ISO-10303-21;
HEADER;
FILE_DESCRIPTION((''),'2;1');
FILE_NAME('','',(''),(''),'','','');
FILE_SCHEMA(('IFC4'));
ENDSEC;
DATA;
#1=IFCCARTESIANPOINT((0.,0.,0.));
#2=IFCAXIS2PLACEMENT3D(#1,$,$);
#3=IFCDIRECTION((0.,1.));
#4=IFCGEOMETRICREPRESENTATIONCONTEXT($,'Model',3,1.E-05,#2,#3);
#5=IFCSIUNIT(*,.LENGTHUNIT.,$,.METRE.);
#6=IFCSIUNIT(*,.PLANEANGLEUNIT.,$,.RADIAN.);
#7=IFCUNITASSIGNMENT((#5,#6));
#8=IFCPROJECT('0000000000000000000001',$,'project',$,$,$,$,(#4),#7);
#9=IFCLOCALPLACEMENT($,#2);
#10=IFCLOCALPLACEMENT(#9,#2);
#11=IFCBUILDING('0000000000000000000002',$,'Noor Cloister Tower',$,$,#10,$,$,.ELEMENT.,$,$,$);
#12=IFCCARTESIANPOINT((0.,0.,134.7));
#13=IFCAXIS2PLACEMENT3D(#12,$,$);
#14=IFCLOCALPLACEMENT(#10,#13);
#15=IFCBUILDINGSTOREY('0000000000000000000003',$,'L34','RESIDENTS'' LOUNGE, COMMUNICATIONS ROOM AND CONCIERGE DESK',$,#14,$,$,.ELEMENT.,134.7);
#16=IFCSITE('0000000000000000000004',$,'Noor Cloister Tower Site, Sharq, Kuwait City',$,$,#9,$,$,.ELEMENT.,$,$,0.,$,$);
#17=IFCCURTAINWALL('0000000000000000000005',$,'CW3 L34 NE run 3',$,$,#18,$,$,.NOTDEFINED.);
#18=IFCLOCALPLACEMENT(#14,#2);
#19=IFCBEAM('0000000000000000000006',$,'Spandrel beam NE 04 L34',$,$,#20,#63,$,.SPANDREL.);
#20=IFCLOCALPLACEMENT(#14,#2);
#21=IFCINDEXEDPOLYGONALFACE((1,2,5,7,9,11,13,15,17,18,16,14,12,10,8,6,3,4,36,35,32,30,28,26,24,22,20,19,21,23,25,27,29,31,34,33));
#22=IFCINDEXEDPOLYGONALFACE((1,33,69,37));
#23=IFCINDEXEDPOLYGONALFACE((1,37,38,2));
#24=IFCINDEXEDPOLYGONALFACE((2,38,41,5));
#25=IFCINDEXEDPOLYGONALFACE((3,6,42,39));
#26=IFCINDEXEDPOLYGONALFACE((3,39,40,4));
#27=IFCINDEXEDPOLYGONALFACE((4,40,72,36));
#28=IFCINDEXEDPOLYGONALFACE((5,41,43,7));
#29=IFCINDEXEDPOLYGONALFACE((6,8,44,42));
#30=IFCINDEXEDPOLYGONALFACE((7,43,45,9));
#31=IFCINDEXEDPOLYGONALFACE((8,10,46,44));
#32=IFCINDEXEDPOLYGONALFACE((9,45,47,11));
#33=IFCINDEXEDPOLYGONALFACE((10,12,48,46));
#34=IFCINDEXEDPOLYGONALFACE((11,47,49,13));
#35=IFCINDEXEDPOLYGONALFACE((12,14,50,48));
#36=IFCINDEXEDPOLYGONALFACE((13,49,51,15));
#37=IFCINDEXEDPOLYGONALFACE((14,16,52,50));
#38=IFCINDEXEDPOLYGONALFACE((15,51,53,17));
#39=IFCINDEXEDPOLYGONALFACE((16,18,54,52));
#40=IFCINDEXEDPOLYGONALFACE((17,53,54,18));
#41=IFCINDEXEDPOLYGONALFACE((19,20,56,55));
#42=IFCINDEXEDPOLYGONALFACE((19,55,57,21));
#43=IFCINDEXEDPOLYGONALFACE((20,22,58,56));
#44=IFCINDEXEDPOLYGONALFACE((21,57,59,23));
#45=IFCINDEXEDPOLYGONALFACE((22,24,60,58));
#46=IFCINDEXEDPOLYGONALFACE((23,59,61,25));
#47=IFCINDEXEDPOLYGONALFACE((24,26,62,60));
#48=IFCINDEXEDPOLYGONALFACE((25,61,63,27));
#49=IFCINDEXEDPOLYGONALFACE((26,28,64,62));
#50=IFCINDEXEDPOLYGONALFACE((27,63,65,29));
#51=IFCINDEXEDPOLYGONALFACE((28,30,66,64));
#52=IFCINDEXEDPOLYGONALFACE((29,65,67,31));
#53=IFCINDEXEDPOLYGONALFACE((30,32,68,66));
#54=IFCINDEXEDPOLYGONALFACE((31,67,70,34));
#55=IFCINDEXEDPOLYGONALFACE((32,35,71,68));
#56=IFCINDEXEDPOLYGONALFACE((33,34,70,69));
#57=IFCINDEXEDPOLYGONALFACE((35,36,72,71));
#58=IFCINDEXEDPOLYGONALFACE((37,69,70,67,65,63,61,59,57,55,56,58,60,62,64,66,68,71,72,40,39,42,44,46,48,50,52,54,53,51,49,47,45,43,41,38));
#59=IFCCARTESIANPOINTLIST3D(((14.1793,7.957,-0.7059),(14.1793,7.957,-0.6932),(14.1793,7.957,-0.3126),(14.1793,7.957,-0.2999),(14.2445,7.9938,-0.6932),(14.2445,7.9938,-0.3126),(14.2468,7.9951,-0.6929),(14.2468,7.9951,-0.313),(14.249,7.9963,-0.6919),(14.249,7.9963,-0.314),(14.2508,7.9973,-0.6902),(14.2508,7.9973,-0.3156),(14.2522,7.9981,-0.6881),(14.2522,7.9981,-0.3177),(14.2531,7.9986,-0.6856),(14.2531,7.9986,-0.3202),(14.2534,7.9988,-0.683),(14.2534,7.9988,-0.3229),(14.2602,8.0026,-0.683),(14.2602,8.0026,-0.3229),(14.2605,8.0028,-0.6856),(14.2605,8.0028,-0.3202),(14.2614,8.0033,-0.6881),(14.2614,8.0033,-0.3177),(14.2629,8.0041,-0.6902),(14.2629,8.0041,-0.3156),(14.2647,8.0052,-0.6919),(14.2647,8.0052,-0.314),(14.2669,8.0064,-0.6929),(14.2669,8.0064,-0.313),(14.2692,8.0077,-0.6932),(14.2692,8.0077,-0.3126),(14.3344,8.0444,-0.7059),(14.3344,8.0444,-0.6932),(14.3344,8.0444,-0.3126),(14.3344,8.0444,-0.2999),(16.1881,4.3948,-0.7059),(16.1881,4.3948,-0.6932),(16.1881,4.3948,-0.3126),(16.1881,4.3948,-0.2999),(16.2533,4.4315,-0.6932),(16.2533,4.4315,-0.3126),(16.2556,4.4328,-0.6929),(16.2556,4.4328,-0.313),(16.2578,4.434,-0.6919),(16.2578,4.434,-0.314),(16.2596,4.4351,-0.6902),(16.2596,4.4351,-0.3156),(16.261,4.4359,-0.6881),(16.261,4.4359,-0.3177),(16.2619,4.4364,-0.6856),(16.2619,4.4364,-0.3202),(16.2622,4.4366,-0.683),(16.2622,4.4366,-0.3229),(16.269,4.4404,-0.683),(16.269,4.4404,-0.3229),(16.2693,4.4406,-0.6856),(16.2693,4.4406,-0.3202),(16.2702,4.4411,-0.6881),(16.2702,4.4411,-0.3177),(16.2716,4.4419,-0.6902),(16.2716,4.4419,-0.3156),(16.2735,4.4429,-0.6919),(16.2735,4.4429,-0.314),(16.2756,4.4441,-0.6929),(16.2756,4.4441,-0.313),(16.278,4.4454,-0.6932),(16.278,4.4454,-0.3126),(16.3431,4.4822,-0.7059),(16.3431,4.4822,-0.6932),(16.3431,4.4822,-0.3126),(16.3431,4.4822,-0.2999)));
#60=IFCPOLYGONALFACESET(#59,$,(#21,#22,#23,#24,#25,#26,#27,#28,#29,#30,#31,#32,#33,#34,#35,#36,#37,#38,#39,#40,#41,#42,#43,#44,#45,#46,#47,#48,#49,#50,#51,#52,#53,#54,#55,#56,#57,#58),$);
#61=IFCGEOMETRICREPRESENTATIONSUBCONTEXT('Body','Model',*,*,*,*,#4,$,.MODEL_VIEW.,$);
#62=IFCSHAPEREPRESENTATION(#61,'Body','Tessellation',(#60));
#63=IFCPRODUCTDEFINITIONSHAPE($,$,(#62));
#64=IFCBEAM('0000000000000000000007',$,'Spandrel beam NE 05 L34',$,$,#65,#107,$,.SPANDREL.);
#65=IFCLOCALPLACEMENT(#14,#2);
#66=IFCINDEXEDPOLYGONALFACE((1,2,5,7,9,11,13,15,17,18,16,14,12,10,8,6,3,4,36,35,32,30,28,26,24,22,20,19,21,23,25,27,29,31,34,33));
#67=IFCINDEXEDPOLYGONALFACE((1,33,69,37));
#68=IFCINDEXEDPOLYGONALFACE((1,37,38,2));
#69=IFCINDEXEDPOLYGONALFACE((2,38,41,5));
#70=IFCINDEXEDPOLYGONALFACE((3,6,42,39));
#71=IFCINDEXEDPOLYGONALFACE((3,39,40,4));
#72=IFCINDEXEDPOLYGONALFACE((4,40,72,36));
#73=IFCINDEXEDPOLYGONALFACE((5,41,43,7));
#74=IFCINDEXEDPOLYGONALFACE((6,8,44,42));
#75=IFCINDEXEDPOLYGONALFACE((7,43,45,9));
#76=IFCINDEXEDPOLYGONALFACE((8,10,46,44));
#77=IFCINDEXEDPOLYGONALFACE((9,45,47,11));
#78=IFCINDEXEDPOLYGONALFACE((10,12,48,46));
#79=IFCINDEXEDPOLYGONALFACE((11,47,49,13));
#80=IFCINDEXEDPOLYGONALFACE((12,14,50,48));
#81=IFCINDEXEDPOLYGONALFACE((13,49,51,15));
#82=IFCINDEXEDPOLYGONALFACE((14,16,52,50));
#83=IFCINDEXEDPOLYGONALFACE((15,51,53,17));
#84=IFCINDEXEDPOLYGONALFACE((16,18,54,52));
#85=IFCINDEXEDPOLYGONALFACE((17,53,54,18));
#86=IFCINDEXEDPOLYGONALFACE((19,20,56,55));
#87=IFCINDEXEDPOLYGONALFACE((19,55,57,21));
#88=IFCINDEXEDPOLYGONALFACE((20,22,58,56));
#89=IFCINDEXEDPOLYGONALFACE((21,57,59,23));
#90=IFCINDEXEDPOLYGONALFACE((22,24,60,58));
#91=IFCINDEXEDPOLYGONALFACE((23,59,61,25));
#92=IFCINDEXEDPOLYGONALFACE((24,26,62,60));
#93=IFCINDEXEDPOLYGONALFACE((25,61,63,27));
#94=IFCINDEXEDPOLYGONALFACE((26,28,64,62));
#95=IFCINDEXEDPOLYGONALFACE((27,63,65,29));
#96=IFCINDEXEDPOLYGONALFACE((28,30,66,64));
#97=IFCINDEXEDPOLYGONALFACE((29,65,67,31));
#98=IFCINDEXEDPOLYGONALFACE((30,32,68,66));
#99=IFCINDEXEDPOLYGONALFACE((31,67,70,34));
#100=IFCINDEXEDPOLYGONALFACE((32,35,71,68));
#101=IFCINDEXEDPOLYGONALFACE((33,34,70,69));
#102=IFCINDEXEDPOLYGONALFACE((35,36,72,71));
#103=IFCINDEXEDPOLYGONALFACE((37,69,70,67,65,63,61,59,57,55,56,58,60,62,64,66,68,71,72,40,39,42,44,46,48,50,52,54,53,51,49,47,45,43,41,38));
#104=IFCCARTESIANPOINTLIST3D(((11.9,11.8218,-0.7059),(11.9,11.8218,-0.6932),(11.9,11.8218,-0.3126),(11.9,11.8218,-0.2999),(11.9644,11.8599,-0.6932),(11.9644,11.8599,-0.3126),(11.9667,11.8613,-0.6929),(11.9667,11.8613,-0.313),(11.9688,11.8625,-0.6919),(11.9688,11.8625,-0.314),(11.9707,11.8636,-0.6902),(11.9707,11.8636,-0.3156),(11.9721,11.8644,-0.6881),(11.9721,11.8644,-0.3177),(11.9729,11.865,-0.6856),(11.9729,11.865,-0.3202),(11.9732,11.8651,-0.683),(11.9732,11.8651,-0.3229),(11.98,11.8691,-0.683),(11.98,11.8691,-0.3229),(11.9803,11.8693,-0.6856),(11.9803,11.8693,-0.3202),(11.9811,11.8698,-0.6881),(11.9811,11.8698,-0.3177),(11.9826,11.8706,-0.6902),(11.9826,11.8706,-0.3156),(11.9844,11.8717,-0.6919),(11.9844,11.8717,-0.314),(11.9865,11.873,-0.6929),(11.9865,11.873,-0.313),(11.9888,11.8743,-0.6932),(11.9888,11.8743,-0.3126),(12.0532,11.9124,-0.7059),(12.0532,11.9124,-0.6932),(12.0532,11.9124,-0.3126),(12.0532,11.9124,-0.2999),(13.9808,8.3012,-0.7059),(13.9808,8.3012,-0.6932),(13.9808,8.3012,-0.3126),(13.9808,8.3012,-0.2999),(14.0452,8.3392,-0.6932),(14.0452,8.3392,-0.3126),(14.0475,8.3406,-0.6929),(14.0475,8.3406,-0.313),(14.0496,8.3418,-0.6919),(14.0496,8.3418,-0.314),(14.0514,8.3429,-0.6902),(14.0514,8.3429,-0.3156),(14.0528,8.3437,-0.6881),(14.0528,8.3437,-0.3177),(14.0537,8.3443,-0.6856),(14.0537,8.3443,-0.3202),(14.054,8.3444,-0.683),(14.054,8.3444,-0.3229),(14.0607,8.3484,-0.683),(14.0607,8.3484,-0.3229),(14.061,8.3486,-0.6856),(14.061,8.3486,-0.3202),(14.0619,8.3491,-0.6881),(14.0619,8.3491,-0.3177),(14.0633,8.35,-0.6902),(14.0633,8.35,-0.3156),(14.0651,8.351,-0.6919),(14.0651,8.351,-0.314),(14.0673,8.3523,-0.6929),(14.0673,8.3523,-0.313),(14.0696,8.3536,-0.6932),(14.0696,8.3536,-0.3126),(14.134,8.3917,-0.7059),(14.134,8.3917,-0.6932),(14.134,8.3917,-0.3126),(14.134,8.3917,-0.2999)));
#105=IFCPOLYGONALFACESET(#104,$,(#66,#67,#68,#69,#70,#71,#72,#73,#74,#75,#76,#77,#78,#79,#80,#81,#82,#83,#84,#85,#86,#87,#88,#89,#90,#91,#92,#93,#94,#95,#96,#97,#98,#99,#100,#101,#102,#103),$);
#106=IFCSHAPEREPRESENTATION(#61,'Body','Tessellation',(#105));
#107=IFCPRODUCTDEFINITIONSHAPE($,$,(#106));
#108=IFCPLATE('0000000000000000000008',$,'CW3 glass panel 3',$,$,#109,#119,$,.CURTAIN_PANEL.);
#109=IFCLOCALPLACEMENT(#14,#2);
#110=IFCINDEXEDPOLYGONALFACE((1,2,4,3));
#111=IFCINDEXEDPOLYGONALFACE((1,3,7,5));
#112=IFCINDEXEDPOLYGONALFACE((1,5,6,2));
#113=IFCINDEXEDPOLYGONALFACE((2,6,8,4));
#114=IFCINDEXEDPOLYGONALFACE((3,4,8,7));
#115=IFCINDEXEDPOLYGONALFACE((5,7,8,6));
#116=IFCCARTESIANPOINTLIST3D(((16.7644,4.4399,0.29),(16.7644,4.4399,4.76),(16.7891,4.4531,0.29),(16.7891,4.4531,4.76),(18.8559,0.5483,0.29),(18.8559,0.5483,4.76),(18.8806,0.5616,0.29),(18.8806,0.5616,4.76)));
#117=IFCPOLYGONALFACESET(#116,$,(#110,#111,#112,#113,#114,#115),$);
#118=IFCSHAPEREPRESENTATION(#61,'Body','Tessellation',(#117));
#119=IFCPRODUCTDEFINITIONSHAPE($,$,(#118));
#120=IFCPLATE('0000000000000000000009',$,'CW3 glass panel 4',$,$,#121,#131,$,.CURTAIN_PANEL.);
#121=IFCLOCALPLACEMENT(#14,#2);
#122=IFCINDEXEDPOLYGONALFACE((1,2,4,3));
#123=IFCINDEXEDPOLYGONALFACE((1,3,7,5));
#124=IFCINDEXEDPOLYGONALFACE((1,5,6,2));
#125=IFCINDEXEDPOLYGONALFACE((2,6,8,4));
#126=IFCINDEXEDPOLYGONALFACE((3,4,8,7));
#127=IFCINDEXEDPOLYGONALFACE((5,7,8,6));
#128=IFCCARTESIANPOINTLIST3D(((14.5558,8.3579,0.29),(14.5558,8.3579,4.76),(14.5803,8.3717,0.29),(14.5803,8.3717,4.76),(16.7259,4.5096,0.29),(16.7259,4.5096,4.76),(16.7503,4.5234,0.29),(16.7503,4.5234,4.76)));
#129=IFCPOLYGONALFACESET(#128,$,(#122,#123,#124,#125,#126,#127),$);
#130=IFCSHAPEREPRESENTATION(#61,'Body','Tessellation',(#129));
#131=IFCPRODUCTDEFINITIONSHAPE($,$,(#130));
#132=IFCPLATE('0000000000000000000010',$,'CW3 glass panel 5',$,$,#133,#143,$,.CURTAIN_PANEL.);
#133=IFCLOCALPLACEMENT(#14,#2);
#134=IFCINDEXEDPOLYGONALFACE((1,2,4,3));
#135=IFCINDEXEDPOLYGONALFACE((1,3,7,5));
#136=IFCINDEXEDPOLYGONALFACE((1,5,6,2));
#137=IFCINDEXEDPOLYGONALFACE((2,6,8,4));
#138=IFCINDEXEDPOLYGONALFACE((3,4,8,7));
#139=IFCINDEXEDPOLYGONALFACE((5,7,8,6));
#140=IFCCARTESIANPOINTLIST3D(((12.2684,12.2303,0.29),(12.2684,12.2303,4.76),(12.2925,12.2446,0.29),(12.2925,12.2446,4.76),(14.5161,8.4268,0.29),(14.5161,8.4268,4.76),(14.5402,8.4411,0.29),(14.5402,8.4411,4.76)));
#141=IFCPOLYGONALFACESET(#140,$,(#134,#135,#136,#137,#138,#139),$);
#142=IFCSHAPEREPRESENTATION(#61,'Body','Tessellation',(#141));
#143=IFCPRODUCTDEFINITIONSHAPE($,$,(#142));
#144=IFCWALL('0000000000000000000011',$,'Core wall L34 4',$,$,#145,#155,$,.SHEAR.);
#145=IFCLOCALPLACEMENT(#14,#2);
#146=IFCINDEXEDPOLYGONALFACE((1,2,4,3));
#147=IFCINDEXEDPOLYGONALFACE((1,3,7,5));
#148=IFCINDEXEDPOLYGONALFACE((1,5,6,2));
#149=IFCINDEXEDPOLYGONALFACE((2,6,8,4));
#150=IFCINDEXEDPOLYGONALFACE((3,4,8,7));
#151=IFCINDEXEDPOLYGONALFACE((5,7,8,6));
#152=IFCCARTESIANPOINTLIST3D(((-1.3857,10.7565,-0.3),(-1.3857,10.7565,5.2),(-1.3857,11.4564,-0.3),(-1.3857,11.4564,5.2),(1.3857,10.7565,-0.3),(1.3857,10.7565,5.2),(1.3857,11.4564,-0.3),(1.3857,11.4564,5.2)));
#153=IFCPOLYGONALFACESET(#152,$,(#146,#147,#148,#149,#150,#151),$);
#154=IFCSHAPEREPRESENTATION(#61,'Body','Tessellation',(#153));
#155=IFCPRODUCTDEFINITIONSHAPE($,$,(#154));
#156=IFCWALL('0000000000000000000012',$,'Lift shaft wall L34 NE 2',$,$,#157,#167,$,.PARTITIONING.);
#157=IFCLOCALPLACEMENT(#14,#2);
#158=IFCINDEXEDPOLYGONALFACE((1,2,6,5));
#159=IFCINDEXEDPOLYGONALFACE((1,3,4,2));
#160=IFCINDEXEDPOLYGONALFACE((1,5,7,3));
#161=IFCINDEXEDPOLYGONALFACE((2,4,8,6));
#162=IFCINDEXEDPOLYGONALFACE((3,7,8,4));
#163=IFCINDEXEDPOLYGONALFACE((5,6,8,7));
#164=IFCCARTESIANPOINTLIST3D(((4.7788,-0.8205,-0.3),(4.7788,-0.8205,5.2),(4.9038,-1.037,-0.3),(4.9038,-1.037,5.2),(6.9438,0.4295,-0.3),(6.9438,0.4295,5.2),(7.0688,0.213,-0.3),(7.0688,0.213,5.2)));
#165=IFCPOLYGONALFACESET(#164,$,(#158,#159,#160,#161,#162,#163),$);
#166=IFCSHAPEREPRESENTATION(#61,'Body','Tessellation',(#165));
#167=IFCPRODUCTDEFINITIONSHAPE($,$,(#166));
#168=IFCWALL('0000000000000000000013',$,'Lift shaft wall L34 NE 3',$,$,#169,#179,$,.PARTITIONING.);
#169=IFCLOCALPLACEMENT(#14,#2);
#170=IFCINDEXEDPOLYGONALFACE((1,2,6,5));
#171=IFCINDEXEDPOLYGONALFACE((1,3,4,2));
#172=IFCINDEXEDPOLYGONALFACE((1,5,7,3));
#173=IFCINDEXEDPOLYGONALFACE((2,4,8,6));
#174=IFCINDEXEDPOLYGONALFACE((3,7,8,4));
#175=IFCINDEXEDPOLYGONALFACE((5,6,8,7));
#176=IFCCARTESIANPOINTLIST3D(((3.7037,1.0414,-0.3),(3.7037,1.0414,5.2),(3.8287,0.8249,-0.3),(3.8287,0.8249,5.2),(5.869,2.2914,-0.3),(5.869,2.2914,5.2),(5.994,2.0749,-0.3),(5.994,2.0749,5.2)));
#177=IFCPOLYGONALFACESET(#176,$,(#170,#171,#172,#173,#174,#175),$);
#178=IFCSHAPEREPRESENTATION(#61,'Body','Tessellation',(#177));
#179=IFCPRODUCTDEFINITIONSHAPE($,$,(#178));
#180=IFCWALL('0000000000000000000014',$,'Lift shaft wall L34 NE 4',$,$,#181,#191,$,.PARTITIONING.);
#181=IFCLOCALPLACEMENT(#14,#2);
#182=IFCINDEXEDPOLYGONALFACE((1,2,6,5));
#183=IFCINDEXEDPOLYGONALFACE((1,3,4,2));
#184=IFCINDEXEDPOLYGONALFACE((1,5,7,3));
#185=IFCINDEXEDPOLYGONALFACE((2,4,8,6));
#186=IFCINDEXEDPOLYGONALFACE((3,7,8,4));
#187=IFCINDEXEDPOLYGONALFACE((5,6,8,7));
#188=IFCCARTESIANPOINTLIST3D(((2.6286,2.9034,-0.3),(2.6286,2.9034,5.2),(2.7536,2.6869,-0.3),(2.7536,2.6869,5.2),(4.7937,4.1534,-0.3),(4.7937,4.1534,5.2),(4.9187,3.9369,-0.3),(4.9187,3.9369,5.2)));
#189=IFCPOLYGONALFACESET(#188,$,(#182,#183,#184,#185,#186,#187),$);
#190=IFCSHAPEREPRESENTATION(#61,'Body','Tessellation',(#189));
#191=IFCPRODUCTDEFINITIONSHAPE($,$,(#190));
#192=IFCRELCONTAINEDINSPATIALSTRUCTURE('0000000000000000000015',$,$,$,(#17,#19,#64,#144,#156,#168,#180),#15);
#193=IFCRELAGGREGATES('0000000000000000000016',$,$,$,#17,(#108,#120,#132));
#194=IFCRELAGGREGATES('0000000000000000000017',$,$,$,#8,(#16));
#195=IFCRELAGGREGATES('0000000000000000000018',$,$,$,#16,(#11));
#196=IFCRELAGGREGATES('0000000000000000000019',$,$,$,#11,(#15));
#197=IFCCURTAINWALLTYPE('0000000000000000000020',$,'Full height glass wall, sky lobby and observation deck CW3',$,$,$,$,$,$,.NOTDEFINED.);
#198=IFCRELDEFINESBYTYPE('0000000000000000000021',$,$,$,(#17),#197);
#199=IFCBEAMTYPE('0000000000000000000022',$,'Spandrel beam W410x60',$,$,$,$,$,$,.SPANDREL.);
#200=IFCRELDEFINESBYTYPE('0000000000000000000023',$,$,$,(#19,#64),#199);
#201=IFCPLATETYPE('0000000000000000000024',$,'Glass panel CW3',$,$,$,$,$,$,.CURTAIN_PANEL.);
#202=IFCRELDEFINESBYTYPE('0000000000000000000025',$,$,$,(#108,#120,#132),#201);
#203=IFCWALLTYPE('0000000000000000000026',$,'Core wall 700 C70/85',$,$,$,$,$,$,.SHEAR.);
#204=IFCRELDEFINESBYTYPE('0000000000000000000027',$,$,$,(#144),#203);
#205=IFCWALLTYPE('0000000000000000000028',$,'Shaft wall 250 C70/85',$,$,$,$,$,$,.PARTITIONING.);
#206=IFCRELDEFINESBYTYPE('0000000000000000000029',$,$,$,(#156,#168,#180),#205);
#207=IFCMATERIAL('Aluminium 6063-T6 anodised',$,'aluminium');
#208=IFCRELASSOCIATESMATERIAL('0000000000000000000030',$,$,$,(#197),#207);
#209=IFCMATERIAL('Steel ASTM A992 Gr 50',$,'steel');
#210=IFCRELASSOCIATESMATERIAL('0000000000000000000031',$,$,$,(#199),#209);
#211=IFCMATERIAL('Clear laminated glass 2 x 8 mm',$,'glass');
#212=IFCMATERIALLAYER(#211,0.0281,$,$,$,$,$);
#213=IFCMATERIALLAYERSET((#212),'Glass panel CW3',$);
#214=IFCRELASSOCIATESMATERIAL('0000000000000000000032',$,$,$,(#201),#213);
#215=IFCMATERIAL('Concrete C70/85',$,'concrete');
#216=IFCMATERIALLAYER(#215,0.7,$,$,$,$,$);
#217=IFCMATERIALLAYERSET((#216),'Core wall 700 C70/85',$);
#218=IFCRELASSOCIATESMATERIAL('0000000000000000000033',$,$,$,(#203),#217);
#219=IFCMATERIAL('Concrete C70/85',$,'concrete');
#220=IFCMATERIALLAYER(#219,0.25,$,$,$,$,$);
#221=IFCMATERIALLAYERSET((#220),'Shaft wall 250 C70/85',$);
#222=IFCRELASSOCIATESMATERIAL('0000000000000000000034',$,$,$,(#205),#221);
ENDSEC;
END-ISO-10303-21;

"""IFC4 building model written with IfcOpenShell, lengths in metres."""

from ifc_helpers import new_model, si_unit, direction, frame, frame_2d, origin, origin_2d, place, context, subcontext, project, spatial, rectangle, i_section, extrude, material, layer, layer_set, material_profile, profile_set, type_object, element, aggregate, save


model = new_model("IFC4")

# Units and contexts
model_context = context("Model", 3, precision=1e-05, world=origin(), true_north=direction((0.0, 1.0)))
body_context = subcontext(model_context, "Body", "Model", "MODEL_VIEW")
ifc_project = project(units=[si_unit("LENGTHUNIT", "METRE"), si_unit("PLANEANGLEUNIT", "RADIAN")], contexts=[model_context])

# Site, building, storey
site_placement = place(None, origin())
site = spatial("IfcSite", under=ifc_project, at=site_placement, Name="Noor Cloister Tower Site, Sharq, Kuwait City", CompositionType="ELEMENT", RefElevation=0.0)
building_placement = place(site_placement, origin())
building = spatial("IfcBuilding", under=site, at=building_placement, Name="Noor Cloister Tower", CompositionType="ELEMENT")
storey_placement = place(building_placement, frame((0.0, 0.0, 134.7)))
storey = spatial("IfcBuildingStorey", under=building, at=storey_placement, Name="L34", Description="RESIDENTS' LOUNGE, COMMUNICATIONS ROOM AND CONCIERGE DESK", CompositionType="ELEMENT", Elevation=134.7)

# Curtain wall
ifc_material_1 = material(Name="Aluminium 6063-T6 anodised", Category="aluminium")
curtain_wall_type = type_object("IfcCurtainWallType", Name="Full height glass wall, sky lobby and observation deck CW3", PredefinedType="NOTDEFINED", material=ifc_material_1)
curtain_wall_placement = place(storey_placement, origin())
curtain_wall = element("IfcCurtainWall", 1, at=curtain_wall_placement, inside=storey, type_object=curtain_wall_type, Name="CW3 L34 NE run 3", PredefinedType="NOTDEFINED")

# Beams
ifc_material_2 = material(Name="Steel ASTM A992 Gr 50", Category="steel")
ifc_material_profile_1 = material_profile(ifc_material_2, i_section(OverallWidth=0.178, OverallDepth=0.406, WebThickness=0.0078, FlangeThickness=0.0127, FilletRadius=0.0103, at=origin_2d()), Name="W410x60")
ifc_profile_set_1 = profile_set([ifc_material_profile_1], Name="Steel ASTM A992 Gr 50")
beam_type_1 = type_object("IfcBeamType", Name="Spandrel beam W410x60", PredefinedType="SPANDREL", material=ifc_profile_set_1)
for number, where, z_axis, x_axis, name in (
    (2, (16.2656, 4.4385, -0.5029), (-0.491193, 0.871051, 0.0), (-0.871051, -0.491193, 0.0), "Spandrel beam NE 04 L34"),
    (3, (14.0574, 8.3464, -0.5029), (-0.508796, 0.860887, 0.0), (-0.860887, -0.508796, 0.0), "Spandrel beam NE 05 L34"),
):
    element("IfcBeam", number, at=place(storey_placement, frame(where, z_axis=z_axis, x_axis=x_axis)), inside=storey, type_object=beam_type_1, Name=name, PredefinedType="SPANDREL", context=body_context, shape_type="SweptSolid", body=[
        extrude(i_section(OverallWidth=0.178, OverallDepth=0.406, WebThickness=0.0078, FlangeThickness=0.0127, FilletRadius=0.0103, at=origin_2d()), origin(), (0.0, 0.0, 1.0), 4.0896),
    ])

# Plates
ifc_material_3 = material(Name="Clear laminated glass 2 x 8 mm", Category="glass")
ifc_layer_1 = layer(ifc_material_3, 0.0281)
ifc_layer_set_1 = layer_set([ifc_layer_1], Name="Glass panel CW3")
plate_type = type_object("IfcPlateType", Name="Glass panel CW3", PredefinedType="CURTAIN_PANEL", material=ifc_layer_set_1)
plate_1_placement = place(storey_placement, frame((17.8225, 2.5007, 0.29), z_axis=(0.0, 0.0, 1.0), x_axis=(-0.473409, 0.880843, 0.0)))
plate_1 = element("IfcPlate", 4, at=plate_1_placement, type_object=plate_type, Name="CW3 glass panel 3", PredefinedType="CURTAIN_PANEL", context=body_context, shape_type="SweptSolid", body=[
    extrude(rectangle(XDim=4.418, YDim=0.0281, at=origin_2d()), origin(), (0.0, 0.0, 1.0), 4.47),
])
plate_2_placement = place(storey_placement, frame((15.6531, 6.4407, 0.29), z_axis=(0.0, 0.0, 1.0), x_axis=(-0.491187, 0.871054, 0.0)))
plate_2 = element("IfcPlate", 5, at=plate_2_placement, type_object=plate_type, Name="CW3 glass panel 4", PredefinedType="CURTAIN_PANEL", context=body_context, shape_type="SweptSolid", body=[
    extrude(rectangle(XDim=4.418, YDim=0.0281, at=origin_2d()), origin(), (0.0, 0.0, 1.0), 4.47),
])
plate_3_placement = place(storey_placement, frame((13.4043, 10.3357, 0.29), z_axis=(0.0, 0.0, 1.0), x_axis=(-0.508762, 0.860907, 0.0)))
plate_3 = element("IfcPlate", 6, at=plate_3_placement, type_object=plate_type, Name="CW3 glass panel 5", PredefinedType="CURTAIN_PANEL", context=body_context, shape_type="SweptSolid", body=[
    extrude(rectangle(XDim=4.418, YDim=0.0281, at=origin_2d()), origin(), (0.0, 0.0, 1.0), 4.47),
])
aggregate(curtain_wall, [plate_1, plate_2, plate_3])

# Walls
ifc_material_4 = material(Name="Concrete C70/85", Category="concrete")
ifc_layer_2 = layer(ifc_material_4, 0.7)
ifc_layer_set_2 = layer_set([ifc_layer_2], Name="Core wall 700 C70/85")
wall_type_1 = type_object("IfcWallType", Name="Core wall 700 C70/85", PredefinedType="SHEAR", material=ifc_layer_set_2)
wall_1_placement = place(storey_placement, frame((1.3857, 11.1064, -0.3), z_axis=(0.0, 0.0, 1.0), x_axis=(-1.0, 0.0, 0.0)))
element("IfcWall", 7, at=wall_1_placement, inside=storey, type_object=wall_type_1, Name="Core wall L34 4", PredefinedType="SHEAR", context=body_context, shape_type="SweptSolid", body=[
    extrude(rectangle(XDim=2.7715, YDim=0.7, at=frame_2d((1.3857, 0.0))), origin(), (0.0, 0.0, 1.0), 5.5),
])
ifc_material_5 = material(Name="Concrete C70/85", Category="concrete")
ifc_layer_3 = layer(ifc_material_5, 0.25)
ifc_layer_set_3 = layer_set([ifc_layer_3], Name="Shaft wall 250 C70/85")
wall_type_2 = type_object("IfcWallType", Name="Shaft wall 250 C70/85", PredefinedType="PARTITIONING", material=ifc_layer_set_3)
wall_2_placement = place(storey_placement, frame((7.0063, 0.3213, -0.3), z_axis=(0.0, 0.0, 1.0), x_axis=(-0.866023, -0.500004, 0.0)))
element("IfcWall", 8, at=wall_2_placement, inside=storey, type_object=wall_type_2, Name="Lift shaft wall L34 NE 2", PredefinedType="PARTITIONING", context=body_context, shape_type="SweptSolid", body=[
    extrude(rectangle(XDim=2.5, YDim=0.25, at=frame_2d((1.25, 0.0))), origin(), (0.0, 0.0, 1.0), 5.5),
])
wall_3_placement = place(storey_placement, frame((5.9314, 2.1831, -0.3), z_axis=(0.0, 0.0, 1.0), x_axis=(-0.866047, -0.499962, 0.0)))
element("IfcWall", 9, at=wall_3_placement, inside=storey, type_object=wall_type_2, Name="Lift shaft wall L34 NE 3", PredefinedType="PARTITIONING", context=body_context, shape_type="SweptSolid", body=[
    extrude(rectangle(XDim=2.5002, YDim=0.25, at=frame_2d((1.25, 0.0))), origin(), (0.0, 0.0, 1.0), 5.5),
])
for number, where, z_axis, x_axis, name in (
    (10, (4.8562, 4.0452, -0.3), (0.0, 0.0, 1.0), (-0.866023, -0.500004, 0.0), "Lift shaft wall L34 NE 4"),
):
    element("IfcWall", number, at=place(storey_placement, frame(where, z_axis=z_axis, x_axis=x_axis)), inside=storey, type_object=wall_type_2, Name=name, PredefinedType="PARTITIONING", context=body_context, shape_type="SweptSolid", body=[
        extrude(rectangle(XDim=2.5, YDim=0.25, at=frame_2d((1.25, 0.0))), origin(), (0.0, 0.0, 1.0), 5.5),
    ])

save(model, "model.ifc")
